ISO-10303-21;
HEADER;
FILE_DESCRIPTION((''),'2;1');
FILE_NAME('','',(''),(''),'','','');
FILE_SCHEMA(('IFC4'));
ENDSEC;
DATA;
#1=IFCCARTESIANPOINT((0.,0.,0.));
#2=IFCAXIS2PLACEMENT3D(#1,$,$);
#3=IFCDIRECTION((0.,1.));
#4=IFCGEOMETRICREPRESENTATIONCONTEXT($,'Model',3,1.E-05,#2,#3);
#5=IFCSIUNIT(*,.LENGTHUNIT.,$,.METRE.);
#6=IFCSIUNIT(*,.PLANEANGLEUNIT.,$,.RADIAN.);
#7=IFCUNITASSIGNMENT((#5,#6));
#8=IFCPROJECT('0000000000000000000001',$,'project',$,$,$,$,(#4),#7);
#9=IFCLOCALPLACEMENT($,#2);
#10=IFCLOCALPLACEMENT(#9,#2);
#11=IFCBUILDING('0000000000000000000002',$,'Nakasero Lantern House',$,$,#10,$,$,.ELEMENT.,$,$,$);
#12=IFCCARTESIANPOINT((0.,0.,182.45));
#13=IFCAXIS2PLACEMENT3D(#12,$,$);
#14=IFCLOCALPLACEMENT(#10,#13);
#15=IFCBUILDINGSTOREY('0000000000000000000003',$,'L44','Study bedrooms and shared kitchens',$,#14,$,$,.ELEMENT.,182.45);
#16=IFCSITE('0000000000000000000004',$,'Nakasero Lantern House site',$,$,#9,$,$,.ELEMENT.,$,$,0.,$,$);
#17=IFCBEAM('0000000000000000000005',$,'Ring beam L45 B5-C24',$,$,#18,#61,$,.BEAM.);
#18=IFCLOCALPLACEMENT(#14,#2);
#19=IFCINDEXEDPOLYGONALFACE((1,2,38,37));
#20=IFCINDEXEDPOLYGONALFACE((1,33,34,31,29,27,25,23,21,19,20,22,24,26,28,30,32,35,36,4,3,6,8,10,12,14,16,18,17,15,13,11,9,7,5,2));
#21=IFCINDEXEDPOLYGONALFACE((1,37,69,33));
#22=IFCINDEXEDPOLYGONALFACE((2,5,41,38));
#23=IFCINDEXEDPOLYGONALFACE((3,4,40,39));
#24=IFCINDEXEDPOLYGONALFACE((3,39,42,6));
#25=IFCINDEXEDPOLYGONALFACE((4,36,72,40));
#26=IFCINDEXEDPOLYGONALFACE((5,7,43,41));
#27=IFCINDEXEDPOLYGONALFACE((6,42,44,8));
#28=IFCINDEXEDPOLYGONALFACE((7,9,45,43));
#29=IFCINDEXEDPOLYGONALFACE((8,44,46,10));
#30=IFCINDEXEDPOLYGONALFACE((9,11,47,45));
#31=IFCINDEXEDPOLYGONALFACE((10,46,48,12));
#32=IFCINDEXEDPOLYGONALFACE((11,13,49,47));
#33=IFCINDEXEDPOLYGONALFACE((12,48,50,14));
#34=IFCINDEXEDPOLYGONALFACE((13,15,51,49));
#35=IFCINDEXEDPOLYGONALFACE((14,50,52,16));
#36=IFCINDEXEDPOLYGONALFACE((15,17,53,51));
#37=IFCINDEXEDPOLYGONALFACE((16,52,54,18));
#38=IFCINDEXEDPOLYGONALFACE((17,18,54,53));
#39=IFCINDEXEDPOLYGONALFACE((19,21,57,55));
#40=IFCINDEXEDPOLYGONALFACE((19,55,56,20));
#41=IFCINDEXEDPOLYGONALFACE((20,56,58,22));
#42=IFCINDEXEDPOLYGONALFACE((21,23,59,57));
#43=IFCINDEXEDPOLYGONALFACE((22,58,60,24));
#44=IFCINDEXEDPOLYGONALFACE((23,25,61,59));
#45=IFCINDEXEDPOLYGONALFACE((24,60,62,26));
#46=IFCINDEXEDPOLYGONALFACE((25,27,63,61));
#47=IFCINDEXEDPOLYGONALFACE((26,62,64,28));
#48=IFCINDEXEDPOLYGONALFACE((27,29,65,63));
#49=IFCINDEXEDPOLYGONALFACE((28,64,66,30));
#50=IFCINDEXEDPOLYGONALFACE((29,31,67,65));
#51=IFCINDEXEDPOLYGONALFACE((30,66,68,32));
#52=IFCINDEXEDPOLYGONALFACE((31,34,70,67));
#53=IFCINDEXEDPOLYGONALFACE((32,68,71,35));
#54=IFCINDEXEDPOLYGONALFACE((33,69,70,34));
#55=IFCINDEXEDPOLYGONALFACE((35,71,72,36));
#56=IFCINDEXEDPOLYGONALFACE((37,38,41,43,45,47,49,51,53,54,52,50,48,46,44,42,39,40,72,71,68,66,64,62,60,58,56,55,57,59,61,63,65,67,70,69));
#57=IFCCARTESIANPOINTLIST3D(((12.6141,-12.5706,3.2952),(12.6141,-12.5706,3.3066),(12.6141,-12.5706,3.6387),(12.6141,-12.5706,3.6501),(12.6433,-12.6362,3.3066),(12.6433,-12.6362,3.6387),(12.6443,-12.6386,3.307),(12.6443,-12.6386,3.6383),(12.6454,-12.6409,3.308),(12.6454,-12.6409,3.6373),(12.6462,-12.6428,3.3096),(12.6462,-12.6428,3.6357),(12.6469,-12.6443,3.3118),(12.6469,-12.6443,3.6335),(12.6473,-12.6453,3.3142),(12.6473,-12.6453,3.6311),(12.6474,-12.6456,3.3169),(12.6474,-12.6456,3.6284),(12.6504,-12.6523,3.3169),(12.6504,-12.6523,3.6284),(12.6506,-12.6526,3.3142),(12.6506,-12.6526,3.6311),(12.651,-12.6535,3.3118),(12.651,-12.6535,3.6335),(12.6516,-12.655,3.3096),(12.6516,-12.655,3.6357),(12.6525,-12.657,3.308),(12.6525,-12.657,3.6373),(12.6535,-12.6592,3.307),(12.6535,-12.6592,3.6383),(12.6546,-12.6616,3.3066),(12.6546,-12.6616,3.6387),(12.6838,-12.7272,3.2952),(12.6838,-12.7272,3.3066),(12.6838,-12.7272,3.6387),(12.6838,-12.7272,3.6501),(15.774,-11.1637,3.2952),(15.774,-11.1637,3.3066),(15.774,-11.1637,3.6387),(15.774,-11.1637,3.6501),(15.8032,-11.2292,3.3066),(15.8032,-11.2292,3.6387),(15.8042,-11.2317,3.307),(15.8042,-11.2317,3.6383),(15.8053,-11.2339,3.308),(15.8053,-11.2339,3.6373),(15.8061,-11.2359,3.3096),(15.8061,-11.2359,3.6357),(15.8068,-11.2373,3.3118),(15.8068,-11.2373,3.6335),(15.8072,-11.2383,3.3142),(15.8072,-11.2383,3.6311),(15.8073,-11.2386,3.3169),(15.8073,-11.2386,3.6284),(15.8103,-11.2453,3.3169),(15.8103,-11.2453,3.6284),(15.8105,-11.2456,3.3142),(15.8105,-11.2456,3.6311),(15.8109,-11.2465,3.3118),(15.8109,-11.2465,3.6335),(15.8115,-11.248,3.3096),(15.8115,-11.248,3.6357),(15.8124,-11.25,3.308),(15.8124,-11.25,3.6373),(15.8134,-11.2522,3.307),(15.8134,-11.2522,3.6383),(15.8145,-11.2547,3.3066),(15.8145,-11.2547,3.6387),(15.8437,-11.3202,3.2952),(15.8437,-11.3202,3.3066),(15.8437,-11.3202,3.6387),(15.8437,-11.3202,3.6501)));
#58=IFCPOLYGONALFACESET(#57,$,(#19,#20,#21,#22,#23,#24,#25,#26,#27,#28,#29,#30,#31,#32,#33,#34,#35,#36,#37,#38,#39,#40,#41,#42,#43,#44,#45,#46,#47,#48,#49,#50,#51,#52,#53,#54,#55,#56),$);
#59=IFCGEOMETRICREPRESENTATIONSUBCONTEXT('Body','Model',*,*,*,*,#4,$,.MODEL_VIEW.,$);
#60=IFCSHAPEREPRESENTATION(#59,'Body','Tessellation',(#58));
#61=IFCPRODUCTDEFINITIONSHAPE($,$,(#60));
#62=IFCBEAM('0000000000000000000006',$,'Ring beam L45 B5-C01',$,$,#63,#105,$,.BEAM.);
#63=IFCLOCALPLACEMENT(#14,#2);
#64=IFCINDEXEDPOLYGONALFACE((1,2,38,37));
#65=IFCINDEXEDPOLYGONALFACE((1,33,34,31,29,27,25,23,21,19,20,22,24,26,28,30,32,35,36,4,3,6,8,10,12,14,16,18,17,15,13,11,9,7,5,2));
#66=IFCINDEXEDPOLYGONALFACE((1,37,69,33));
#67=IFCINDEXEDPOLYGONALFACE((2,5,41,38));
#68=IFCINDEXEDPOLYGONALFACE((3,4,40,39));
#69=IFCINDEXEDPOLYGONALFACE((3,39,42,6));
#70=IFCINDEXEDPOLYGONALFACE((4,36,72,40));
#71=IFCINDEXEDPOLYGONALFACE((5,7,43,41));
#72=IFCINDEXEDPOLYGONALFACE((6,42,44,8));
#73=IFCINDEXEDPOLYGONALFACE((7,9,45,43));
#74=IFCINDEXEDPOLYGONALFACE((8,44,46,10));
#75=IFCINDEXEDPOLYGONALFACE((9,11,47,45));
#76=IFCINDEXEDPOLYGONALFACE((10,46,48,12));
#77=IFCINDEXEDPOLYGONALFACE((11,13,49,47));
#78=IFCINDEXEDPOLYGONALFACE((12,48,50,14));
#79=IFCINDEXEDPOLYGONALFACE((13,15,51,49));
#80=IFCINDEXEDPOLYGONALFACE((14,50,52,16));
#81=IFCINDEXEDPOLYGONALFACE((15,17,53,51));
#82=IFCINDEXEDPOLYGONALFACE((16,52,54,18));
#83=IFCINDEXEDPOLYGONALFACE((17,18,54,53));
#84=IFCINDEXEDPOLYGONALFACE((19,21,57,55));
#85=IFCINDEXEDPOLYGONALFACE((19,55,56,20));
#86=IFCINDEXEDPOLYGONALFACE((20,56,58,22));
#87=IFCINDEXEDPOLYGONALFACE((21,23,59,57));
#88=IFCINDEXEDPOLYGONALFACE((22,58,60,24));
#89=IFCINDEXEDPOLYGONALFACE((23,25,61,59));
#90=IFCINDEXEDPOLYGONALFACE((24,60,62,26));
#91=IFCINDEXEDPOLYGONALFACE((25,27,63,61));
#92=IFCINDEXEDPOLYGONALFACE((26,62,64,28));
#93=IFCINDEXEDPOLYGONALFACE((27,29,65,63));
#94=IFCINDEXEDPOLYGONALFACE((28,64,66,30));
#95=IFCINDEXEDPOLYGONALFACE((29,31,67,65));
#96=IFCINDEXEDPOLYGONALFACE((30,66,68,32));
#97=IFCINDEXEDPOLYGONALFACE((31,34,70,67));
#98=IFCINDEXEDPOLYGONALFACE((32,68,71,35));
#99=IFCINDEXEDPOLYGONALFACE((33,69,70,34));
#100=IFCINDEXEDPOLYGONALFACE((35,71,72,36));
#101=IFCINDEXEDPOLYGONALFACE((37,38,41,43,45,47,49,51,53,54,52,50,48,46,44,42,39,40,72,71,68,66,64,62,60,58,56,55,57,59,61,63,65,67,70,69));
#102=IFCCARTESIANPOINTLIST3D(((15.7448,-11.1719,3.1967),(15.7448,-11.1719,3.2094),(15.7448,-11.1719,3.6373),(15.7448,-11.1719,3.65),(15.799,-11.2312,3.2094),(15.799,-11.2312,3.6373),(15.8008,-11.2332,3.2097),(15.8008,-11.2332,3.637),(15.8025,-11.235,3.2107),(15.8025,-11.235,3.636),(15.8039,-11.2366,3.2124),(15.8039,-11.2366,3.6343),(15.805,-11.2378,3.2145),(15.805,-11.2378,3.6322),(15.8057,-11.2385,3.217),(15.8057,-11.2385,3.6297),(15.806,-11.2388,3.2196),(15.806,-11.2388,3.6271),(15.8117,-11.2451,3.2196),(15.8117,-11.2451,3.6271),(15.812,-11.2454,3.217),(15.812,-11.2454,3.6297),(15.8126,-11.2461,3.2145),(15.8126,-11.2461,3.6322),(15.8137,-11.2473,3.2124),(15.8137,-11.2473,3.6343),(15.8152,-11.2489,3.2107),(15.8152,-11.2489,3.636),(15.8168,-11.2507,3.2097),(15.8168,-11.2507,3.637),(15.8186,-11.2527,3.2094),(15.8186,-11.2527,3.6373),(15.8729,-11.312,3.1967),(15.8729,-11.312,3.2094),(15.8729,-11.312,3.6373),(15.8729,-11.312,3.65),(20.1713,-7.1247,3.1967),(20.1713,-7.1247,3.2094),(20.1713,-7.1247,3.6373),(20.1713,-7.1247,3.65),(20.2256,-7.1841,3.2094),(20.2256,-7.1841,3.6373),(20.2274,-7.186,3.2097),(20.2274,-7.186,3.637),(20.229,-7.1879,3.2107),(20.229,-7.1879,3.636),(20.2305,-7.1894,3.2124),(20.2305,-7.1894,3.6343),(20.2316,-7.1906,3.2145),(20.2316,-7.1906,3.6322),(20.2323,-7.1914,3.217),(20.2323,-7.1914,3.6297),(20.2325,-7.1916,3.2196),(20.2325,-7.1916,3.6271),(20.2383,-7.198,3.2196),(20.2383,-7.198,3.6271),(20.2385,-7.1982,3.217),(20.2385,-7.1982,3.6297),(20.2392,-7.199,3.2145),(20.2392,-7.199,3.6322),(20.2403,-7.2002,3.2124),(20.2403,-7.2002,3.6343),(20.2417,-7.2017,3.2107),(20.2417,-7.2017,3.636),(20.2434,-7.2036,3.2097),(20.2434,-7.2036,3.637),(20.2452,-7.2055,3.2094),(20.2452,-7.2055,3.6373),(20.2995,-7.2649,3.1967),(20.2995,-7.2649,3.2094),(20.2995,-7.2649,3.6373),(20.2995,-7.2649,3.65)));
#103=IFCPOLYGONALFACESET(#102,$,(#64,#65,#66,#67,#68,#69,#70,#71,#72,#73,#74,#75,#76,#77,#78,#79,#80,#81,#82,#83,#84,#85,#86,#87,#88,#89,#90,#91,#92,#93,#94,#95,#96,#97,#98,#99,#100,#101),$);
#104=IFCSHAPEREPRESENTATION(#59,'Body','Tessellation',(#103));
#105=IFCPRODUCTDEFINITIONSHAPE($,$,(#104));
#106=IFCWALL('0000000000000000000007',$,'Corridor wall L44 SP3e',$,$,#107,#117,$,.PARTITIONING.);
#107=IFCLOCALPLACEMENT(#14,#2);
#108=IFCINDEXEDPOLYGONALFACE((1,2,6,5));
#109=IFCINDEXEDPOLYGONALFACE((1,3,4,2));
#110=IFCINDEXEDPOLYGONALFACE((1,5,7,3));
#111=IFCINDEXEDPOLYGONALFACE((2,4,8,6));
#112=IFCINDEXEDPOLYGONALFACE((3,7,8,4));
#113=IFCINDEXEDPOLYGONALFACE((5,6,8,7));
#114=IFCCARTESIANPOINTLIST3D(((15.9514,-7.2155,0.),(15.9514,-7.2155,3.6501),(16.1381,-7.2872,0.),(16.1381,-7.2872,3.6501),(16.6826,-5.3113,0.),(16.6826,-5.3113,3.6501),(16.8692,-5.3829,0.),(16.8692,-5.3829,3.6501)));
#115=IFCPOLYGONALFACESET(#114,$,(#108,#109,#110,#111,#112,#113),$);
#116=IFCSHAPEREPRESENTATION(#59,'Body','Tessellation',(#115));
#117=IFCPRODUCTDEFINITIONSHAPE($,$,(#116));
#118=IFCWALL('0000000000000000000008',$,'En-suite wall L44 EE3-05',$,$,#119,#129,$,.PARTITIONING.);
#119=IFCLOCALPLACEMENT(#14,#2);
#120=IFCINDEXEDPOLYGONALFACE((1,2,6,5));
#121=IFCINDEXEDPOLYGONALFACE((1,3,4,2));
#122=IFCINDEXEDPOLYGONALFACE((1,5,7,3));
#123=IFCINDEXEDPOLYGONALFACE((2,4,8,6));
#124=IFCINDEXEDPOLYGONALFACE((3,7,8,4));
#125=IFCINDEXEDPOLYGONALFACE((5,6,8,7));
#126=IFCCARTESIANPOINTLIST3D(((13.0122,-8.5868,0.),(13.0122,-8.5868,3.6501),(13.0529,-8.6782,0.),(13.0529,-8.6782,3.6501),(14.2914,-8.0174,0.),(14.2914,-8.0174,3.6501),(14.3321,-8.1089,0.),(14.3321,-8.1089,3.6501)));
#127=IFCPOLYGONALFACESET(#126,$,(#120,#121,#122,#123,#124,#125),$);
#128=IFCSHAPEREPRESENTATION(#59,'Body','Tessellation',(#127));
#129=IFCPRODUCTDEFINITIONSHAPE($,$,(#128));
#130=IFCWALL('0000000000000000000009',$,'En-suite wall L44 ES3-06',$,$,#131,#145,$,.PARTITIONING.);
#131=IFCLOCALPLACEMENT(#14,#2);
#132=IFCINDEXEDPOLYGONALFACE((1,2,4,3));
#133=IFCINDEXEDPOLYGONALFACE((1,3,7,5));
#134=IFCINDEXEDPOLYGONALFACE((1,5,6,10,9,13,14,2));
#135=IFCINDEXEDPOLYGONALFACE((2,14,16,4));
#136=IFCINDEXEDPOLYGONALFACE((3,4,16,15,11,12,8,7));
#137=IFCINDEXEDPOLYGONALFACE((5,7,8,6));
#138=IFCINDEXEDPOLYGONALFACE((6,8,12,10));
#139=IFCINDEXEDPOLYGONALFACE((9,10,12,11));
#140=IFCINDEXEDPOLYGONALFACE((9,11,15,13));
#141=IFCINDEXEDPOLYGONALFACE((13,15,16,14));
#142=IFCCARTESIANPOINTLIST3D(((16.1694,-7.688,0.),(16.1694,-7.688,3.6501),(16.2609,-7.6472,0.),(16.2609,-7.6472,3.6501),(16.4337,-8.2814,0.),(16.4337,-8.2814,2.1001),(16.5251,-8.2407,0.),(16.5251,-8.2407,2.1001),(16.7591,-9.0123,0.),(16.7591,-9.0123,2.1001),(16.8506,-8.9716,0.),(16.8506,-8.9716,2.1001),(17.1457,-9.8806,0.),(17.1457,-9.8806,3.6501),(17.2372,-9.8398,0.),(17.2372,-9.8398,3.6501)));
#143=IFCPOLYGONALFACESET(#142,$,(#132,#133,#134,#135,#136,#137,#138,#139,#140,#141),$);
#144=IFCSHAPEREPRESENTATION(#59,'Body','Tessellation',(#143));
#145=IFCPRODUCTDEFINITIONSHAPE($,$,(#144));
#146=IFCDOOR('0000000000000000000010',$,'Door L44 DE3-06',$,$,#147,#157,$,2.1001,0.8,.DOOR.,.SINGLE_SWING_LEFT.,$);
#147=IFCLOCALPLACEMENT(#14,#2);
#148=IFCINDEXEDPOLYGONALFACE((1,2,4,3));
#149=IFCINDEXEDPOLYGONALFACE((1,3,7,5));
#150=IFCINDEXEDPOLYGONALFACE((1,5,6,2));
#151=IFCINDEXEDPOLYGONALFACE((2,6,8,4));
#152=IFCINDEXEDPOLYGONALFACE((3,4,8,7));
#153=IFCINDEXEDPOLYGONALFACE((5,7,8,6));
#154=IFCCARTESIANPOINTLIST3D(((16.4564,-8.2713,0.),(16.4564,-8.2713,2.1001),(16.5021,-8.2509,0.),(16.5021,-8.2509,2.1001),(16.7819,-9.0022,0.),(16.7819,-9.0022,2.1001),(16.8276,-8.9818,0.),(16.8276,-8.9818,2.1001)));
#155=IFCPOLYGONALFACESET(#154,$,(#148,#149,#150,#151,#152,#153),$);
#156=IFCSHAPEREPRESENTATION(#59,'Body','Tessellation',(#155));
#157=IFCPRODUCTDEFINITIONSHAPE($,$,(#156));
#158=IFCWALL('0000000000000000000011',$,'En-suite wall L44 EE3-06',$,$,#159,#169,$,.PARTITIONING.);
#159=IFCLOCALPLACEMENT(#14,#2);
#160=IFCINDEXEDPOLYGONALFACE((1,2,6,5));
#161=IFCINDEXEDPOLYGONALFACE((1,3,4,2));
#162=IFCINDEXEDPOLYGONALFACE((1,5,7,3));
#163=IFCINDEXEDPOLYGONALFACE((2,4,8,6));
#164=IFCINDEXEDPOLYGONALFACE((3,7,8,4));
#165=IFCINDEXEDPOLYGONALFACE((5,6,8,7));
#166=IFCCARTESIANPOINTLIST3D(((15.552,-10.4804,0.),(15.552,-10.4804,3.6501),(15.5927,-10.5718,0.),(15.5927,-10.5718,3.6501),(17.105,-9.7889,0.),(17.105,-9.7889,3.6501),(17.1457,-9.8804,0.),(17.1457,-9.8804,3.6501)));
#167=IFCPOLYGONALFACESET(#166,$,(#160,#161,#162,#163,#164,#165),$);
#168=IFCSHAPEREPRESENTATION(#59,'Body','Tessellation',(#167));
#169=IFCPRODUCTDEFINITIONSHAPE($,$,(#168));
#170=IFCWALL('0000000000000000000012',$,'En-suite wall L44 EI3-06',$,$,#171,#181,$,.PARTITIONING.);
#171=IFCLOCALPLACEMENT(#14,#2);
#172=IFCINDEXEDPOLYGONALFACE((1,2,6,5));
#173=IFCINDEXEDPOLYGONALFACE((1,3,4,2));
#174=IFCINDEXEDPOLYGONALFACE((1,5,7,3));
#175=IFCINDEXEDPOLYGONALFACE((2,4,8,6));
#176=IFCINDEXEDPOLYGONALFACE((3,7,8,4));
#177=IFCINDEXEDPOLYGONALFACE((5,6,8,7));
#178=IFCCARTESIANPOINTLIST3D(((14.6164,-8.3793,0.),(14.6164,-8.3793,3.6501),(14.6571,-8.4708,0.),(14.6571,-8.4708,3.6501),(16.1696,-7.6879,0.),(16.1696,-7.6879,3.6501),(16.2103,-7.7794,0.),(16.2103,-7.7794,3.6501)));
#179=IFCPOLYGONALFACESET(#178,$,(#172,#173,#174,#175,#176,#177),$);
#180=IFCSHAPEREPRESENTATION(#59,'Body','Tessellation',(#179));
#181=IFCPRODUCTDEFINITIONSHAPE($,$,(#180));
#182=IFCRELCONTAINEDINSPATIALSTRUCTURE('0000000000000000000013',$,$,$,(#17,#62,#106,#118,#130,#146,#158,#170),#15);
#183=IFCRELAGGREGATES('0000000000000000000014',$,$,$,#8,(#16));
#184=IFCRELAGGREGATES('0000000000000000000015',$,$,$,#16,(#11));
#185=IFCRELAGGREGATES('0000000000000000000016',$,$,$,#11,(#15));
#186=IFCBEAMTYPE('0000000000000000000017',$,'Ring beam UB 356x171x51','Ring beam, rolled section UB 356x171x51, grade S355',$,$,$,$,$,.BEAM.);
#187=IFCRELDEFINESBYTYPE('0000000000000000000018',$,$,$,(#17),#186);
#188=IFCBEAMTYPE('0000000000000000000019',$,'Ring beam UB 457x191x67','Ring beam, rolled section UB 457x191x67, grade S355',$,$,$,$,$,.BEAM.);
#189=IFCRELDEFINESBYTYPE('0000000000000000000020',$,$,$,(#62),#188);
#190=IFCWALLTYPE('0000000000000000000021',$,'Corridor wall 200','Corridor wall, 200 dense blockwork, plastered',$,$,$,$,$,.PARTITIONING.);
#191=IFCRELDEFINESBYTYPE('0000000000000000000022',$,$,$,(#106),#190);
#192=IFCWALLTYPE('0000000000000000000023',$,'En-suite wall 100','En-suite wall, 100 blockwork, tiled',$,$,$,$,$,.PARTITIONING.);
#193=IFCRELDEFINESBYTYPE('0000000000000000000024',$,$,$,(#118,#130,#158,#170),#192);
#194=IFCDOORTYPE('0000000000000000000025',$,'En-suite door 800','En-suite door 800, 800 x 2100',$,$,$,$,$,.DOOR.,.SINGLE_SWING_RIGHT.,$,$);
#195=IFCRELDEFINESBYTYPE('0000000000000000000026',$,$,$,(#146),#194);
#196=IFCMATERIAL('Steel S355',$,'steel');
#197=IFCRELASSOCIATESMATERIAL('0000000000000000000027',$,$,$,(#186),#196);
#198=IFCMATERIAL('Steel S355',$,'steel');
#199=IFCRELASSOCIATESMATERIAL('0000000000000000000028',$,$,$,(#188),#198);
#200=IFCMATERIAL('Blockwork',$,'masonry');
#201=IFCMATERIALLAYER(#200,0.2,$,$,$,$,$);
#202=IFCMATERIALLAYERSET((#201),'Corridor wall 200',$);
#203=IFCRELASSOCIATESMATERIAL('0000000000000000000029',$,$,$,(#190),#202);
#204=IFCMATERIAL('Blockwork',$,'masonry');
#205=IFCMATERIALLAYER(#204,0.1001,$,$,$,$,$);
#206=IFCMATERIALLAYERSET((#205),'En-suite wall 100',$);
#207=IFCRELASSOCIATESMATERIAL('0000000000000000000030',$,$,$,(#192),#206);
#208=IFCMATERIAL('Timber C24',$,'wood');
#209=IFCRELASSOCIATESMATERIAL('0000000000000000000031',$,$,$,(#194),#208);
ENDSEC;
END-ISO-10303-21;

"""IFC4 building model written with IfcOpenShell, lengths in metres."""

from ifc_helpers import new_model, si_unit, direction, frame, frame_2d, origin, origin_2d, place, context, subcontext, project, spatial, rectangle, i_section, extrude, material, layer, layer_set, material_profile, profile_set, type_object, element, fill, save


model = new_model("IFC4")

# Units and contexts
model_context = context("Model", 3, precision=1e-05, world=origin(), true_north=direction((0.0, 1.0)))
body_context = subcontext(model_context, "Body", "Model", "MODEL_VIEW")
ifc_project = project(units=[si_unit("LENGTHUNIT", "METRE"), si_unit("PLANEANGLEUNIT", "RADIAN")], contexts=[model_context])

# Site, building, storey
site_placement = place(None, origin())
site = spatial("IfcSite", under=ifc_project, at=site_placement, Name="Nakasero Lantern House site", CompositionType="ELEMENT", RefElevation=0.0)
building_placement = place(site_placement, origin())
building = spatial("IfcBuilding", under=site, at=building_placement, Name="Nakasero Lantern House", CompositionType="ELEMENT")
storey_placement = place(building_placement, frame((0.0, 0.0, 182.45)))
storey = spatial("IfcBuildingStorey", under=building, at=storey_placement, Name="L44", Description="Study bedrooms and shared kitchens", CompositionType="ELEMENT", Elevation=182.45)

# Beams
ifc_material_1 = material(Name="Steel S355", Category="steel")
ifc_material_profile_1 = material_profile(ifc_material_1, i_section(OverallWidth=0.1714, OverallDepth=0.355, WebThickness=0.0073, FlangeThickness=0.0115, FilletRadius=0.0103, at=origin_2d()), Name="UB 356x171x51")
ifc_profile_set_1 = profile_set([ifc_material_profile_1], Name="Steel S355")
beam_type_1 = type_object("IfcBeamType", Name="Ring beam UB 356x171x51", Description="Ring beam, rolled section UB 356x171x51, grade S355", PredefinedType="BEAM", material=ifc_profile_set_1)
beam_1_placement = place(storey_placement, frame((12.6489, -12.6489, 3.4727), z_axis=(0.913535, 0.406761, 0.0), x_axis=(-0.406761, 0.913535, 0.0)))
element("IfcBeam", 1, at=beam_1_placement, inside=storey, type_object=beam_type_1, Name="Ring beam L45 B5-C24", PredefinedType="BEAM", context=body_context, shape_type="SweptSolid", body=[
    extrude(i_section(OverallWidth=0.1714, OverallDepth=0.355, WebThickness=0.0073, FlangeThickness=0.0115, FilletRadius=0.0103, at=origin_2d()), origin(), (0.0, 0.0, 1.0), 3.459),
])
ifc_material_2 = material(Name="Steel S355", Category="steel")
ifc_material_profile_2 = material_profile(ifc_material_2, i_section(OverallWidth=0.1899, OverallDepth=0.4534, WebThickness=0.0085, FlangeThickness=0.0127, FilletRadius=0.0103, at=origin_2d()), Name="UB 457x191x67")
ifc_profile_set_2 = profile_set([ifc_material_profile_2], Name="Steel S355")
beam_type_2 = type_object("IfcBeamType", Name="Ring beam UB 457x191x67", Description="Ring beam, rolled section UB 457x191x67, grade S355", PredefinedType="BEAM", material=ifc_profile_set_2)
beam_2_placement = place(storey_placement, frame((15.8088, -11.2419, 3.4233), z_axis=(0.738027, 0.674771, 0.0), x_axis=(-0.674771, 0.738027, 0.0)))
element("IfcBeam", 2, at=beam_2_placement, inside=storey, type_object=beam_type_2, Name="Ring beam L45 B5-C01", PredefinedType="BEAM", context=body_context, shape_type="SweptSolid", body=[
    extrude(i_section(OverallWidth=0.1899, OverallDepth=0.4534, WebThickness=0.0085, FlangeThickness=0.0127, FilletRadius=0.0103, at=origin_2d()), origin(), (0.0, 0.0, 1.0), 5.9978),
])

# Walls
ifc_material_3 = material(Name="Blockwork", Category="masonry")
ifc_layer_1 = layer(ifc_material_3, 0.2)
ifc_layer_set_1 = layer_set([ifc_layer_1], Name="Corridor wall 200")
wall_type_1 = type_object("IfcWallType", Name="Corridor wall 200", Description="Corridor wall, 200 dense blockwork, plastered", PredefinedType="PARTITIONING", material=ifc_layer_set_1)
wall_1_placement = place(storey_placement, frame((16.0447, -7.2515, 0.0), z_axis=(0.0, 0.0, 1.0), x_axis=(0.358458, 0.933546, 0.0)))
element("IfcWall", 3, at=wall_1_placement, inside=storey, type_object=wall_type_1, Name="Corridor wall L44 SP3e", PredefinedType="PARTITIONING", context=body_context, shape_type="SweptSolid", body=[
    extrude(rectangle(XDim=2.0398, YDim=0.2, at=frame_2d((1.02, 0.0))), origin(), (0.0, 0.0, 1.0), 3.6501),
])
ifc_material_4 = material(Name="Blockwork", Category="masonry")
ifc_layer_2 = layer(ifc_material_4, 0.1001)
ifc_layer_set_2 = layer_set([ifc_layer_2], Name="En-suite wall 100")
wall_type_2 = type_object("IfcWallType", Name="En-suite wall 100", Description="En-suite wall, 100 blockwork, tiled", PredefinedType="PARTITIONING", material=ifc_layer_set_2)
wall_2_placement = place(storey_placement, frame((13.0325, -8.6326, 0.0), z_axis=(0.0, 0.0, 1.0), x_axis=(0.913581, 0.406656, 0.0)))
element("IfcWall", 4, at=wall_2_placement, inside=storey, type_object=wall_type_2, Name="En-suite wall L44 EE3-05", PredefinedType="PARTITIONING", context=body_context, shape_type="SweptSolid", body=[
    extrude(rectangle(XDim=1.4001, YDim=0.1001, at=frame_2d((0.7002, 0.0))), origin(), (0.0, 0.0, 1.0), 3.6501),
])

# Wall, opening, door
wall_3_placement = place(storey_placement, frame((16.2151, -7.6675, 0.0), z_axis=(0.0, 0.0, 1.0), x_axis=(0.406771, -0.91353, 0.0)))
wall_3 = element("IfcWall", 5, at=wall_3_placement, inside=storey, type_object=wall_type_2, Name="En-suite wall L44 ES3-06", PredefinedType="PARTITIONING", context=body_context, shape_type="SweptSolid", body=[
    extrude(rectangle(XDim=2.4001, YDim=0.1001, at=frame_2d((1.2002, 0.0))), origin(), (0.0, 0.0, 1.0), 3.6501),
])
opening_1_placement = place(wall_3_placement, frame((0.6499, 0.0, 0.0)))
opening_1 = element("IfcOpeningElement", 6, at=opening_1_placement, cuts=wall_3, PredefinedType="OPENING", context=body_context, shape_type="SweptSolid", body=[
    extrude(rectangle(XDim=0.8, YDim=2.1001, at=frame_2d((0.3999, 1.05))), frame((0.0, 0.0701, 0.0), z_axis=(0.0, -1.0, 0.0), x_axis=(1.0, 0.0, 0.0)), (0.0, 0.0, 1.0), 0.1401),
])
ifc_material_5 = material(Name="Timber C24", Category="wood")
door_type = type_object("IfcDoorType", Name="En-suite door 800", Description="En-suite door 800, 800 x 2100", OperationType="SINGLE_SWING_RIGHT", PredefinedType="DOOR", material=ifc_material_5)
door_placement = place(opening_1_placement, origin())
door = element("IfcDoor", 7, at=door_placement, inside=storey, type_object=door_type, Name="Door L44 DE3-06", OperationType="SINGLE_SWING_LEFT", OverallHeight=2.1001, OverallWidth=0.8, PredefinedType="DOOR", context=body_context, shape_type="SweptSolid", body=[
    extrude(rectangle(XDim=0.8, YDim=2.1001, at=frame_2d((0.3999, 1.05))), frame((0.0, 0.0249, 0.0), z_axis=(0.0, -1.0, 0.0), x_axis=(1.0, 0.0, 0.0)), (0.0, 0.0, 1.0), 0.05),
])
fill(opening_1, door)

# Walls
wall_4_placement = place(storey_placement, frame((15.5723, -10.5261, 0.0), z_axis=(0.0, 0.0, 1.0), x_axis=(0.913551, 0.406725, 0.0)))
element("IfcWall", 8, at=wall_4_placement, inside=storey, type_object=wall_type_2, Name="En-suite wall L44 EE3-06", PredefinedType="PARTITIONING", context=body_context, shape_type="SweptSolid", body=[
    extrude(rectangle(XDim=1.7, YDim=0.1001, at=frame_2d((0.8501, 0.0))), origin(), (0.0, 0.0, 1.0), 3.6501),
])
wall_5_placement = place(storey_placement, frame((14.6367, -8.425, 0.0), z_axis=(0.0, 0.0, 1.0), x_axis=(0.913575, 0.406671, 0.0)))
element("IfcWall", 9, at=wall_5_placement, inside=storey, type_object=wall_type_2, Name="En-suite wall L44 EI3-06", PredefinedType="PARTITIONING", context=body_context, shape_type="SweptSolid", body=[
    extrude(rectangle(XDim=1.7002, YDim=0.1001, at=frame_2d((0.8501, 0.0))), origin(), (0.0, 0.0, 1.0), 3.6501),
])

save(model, "model.ifc")
